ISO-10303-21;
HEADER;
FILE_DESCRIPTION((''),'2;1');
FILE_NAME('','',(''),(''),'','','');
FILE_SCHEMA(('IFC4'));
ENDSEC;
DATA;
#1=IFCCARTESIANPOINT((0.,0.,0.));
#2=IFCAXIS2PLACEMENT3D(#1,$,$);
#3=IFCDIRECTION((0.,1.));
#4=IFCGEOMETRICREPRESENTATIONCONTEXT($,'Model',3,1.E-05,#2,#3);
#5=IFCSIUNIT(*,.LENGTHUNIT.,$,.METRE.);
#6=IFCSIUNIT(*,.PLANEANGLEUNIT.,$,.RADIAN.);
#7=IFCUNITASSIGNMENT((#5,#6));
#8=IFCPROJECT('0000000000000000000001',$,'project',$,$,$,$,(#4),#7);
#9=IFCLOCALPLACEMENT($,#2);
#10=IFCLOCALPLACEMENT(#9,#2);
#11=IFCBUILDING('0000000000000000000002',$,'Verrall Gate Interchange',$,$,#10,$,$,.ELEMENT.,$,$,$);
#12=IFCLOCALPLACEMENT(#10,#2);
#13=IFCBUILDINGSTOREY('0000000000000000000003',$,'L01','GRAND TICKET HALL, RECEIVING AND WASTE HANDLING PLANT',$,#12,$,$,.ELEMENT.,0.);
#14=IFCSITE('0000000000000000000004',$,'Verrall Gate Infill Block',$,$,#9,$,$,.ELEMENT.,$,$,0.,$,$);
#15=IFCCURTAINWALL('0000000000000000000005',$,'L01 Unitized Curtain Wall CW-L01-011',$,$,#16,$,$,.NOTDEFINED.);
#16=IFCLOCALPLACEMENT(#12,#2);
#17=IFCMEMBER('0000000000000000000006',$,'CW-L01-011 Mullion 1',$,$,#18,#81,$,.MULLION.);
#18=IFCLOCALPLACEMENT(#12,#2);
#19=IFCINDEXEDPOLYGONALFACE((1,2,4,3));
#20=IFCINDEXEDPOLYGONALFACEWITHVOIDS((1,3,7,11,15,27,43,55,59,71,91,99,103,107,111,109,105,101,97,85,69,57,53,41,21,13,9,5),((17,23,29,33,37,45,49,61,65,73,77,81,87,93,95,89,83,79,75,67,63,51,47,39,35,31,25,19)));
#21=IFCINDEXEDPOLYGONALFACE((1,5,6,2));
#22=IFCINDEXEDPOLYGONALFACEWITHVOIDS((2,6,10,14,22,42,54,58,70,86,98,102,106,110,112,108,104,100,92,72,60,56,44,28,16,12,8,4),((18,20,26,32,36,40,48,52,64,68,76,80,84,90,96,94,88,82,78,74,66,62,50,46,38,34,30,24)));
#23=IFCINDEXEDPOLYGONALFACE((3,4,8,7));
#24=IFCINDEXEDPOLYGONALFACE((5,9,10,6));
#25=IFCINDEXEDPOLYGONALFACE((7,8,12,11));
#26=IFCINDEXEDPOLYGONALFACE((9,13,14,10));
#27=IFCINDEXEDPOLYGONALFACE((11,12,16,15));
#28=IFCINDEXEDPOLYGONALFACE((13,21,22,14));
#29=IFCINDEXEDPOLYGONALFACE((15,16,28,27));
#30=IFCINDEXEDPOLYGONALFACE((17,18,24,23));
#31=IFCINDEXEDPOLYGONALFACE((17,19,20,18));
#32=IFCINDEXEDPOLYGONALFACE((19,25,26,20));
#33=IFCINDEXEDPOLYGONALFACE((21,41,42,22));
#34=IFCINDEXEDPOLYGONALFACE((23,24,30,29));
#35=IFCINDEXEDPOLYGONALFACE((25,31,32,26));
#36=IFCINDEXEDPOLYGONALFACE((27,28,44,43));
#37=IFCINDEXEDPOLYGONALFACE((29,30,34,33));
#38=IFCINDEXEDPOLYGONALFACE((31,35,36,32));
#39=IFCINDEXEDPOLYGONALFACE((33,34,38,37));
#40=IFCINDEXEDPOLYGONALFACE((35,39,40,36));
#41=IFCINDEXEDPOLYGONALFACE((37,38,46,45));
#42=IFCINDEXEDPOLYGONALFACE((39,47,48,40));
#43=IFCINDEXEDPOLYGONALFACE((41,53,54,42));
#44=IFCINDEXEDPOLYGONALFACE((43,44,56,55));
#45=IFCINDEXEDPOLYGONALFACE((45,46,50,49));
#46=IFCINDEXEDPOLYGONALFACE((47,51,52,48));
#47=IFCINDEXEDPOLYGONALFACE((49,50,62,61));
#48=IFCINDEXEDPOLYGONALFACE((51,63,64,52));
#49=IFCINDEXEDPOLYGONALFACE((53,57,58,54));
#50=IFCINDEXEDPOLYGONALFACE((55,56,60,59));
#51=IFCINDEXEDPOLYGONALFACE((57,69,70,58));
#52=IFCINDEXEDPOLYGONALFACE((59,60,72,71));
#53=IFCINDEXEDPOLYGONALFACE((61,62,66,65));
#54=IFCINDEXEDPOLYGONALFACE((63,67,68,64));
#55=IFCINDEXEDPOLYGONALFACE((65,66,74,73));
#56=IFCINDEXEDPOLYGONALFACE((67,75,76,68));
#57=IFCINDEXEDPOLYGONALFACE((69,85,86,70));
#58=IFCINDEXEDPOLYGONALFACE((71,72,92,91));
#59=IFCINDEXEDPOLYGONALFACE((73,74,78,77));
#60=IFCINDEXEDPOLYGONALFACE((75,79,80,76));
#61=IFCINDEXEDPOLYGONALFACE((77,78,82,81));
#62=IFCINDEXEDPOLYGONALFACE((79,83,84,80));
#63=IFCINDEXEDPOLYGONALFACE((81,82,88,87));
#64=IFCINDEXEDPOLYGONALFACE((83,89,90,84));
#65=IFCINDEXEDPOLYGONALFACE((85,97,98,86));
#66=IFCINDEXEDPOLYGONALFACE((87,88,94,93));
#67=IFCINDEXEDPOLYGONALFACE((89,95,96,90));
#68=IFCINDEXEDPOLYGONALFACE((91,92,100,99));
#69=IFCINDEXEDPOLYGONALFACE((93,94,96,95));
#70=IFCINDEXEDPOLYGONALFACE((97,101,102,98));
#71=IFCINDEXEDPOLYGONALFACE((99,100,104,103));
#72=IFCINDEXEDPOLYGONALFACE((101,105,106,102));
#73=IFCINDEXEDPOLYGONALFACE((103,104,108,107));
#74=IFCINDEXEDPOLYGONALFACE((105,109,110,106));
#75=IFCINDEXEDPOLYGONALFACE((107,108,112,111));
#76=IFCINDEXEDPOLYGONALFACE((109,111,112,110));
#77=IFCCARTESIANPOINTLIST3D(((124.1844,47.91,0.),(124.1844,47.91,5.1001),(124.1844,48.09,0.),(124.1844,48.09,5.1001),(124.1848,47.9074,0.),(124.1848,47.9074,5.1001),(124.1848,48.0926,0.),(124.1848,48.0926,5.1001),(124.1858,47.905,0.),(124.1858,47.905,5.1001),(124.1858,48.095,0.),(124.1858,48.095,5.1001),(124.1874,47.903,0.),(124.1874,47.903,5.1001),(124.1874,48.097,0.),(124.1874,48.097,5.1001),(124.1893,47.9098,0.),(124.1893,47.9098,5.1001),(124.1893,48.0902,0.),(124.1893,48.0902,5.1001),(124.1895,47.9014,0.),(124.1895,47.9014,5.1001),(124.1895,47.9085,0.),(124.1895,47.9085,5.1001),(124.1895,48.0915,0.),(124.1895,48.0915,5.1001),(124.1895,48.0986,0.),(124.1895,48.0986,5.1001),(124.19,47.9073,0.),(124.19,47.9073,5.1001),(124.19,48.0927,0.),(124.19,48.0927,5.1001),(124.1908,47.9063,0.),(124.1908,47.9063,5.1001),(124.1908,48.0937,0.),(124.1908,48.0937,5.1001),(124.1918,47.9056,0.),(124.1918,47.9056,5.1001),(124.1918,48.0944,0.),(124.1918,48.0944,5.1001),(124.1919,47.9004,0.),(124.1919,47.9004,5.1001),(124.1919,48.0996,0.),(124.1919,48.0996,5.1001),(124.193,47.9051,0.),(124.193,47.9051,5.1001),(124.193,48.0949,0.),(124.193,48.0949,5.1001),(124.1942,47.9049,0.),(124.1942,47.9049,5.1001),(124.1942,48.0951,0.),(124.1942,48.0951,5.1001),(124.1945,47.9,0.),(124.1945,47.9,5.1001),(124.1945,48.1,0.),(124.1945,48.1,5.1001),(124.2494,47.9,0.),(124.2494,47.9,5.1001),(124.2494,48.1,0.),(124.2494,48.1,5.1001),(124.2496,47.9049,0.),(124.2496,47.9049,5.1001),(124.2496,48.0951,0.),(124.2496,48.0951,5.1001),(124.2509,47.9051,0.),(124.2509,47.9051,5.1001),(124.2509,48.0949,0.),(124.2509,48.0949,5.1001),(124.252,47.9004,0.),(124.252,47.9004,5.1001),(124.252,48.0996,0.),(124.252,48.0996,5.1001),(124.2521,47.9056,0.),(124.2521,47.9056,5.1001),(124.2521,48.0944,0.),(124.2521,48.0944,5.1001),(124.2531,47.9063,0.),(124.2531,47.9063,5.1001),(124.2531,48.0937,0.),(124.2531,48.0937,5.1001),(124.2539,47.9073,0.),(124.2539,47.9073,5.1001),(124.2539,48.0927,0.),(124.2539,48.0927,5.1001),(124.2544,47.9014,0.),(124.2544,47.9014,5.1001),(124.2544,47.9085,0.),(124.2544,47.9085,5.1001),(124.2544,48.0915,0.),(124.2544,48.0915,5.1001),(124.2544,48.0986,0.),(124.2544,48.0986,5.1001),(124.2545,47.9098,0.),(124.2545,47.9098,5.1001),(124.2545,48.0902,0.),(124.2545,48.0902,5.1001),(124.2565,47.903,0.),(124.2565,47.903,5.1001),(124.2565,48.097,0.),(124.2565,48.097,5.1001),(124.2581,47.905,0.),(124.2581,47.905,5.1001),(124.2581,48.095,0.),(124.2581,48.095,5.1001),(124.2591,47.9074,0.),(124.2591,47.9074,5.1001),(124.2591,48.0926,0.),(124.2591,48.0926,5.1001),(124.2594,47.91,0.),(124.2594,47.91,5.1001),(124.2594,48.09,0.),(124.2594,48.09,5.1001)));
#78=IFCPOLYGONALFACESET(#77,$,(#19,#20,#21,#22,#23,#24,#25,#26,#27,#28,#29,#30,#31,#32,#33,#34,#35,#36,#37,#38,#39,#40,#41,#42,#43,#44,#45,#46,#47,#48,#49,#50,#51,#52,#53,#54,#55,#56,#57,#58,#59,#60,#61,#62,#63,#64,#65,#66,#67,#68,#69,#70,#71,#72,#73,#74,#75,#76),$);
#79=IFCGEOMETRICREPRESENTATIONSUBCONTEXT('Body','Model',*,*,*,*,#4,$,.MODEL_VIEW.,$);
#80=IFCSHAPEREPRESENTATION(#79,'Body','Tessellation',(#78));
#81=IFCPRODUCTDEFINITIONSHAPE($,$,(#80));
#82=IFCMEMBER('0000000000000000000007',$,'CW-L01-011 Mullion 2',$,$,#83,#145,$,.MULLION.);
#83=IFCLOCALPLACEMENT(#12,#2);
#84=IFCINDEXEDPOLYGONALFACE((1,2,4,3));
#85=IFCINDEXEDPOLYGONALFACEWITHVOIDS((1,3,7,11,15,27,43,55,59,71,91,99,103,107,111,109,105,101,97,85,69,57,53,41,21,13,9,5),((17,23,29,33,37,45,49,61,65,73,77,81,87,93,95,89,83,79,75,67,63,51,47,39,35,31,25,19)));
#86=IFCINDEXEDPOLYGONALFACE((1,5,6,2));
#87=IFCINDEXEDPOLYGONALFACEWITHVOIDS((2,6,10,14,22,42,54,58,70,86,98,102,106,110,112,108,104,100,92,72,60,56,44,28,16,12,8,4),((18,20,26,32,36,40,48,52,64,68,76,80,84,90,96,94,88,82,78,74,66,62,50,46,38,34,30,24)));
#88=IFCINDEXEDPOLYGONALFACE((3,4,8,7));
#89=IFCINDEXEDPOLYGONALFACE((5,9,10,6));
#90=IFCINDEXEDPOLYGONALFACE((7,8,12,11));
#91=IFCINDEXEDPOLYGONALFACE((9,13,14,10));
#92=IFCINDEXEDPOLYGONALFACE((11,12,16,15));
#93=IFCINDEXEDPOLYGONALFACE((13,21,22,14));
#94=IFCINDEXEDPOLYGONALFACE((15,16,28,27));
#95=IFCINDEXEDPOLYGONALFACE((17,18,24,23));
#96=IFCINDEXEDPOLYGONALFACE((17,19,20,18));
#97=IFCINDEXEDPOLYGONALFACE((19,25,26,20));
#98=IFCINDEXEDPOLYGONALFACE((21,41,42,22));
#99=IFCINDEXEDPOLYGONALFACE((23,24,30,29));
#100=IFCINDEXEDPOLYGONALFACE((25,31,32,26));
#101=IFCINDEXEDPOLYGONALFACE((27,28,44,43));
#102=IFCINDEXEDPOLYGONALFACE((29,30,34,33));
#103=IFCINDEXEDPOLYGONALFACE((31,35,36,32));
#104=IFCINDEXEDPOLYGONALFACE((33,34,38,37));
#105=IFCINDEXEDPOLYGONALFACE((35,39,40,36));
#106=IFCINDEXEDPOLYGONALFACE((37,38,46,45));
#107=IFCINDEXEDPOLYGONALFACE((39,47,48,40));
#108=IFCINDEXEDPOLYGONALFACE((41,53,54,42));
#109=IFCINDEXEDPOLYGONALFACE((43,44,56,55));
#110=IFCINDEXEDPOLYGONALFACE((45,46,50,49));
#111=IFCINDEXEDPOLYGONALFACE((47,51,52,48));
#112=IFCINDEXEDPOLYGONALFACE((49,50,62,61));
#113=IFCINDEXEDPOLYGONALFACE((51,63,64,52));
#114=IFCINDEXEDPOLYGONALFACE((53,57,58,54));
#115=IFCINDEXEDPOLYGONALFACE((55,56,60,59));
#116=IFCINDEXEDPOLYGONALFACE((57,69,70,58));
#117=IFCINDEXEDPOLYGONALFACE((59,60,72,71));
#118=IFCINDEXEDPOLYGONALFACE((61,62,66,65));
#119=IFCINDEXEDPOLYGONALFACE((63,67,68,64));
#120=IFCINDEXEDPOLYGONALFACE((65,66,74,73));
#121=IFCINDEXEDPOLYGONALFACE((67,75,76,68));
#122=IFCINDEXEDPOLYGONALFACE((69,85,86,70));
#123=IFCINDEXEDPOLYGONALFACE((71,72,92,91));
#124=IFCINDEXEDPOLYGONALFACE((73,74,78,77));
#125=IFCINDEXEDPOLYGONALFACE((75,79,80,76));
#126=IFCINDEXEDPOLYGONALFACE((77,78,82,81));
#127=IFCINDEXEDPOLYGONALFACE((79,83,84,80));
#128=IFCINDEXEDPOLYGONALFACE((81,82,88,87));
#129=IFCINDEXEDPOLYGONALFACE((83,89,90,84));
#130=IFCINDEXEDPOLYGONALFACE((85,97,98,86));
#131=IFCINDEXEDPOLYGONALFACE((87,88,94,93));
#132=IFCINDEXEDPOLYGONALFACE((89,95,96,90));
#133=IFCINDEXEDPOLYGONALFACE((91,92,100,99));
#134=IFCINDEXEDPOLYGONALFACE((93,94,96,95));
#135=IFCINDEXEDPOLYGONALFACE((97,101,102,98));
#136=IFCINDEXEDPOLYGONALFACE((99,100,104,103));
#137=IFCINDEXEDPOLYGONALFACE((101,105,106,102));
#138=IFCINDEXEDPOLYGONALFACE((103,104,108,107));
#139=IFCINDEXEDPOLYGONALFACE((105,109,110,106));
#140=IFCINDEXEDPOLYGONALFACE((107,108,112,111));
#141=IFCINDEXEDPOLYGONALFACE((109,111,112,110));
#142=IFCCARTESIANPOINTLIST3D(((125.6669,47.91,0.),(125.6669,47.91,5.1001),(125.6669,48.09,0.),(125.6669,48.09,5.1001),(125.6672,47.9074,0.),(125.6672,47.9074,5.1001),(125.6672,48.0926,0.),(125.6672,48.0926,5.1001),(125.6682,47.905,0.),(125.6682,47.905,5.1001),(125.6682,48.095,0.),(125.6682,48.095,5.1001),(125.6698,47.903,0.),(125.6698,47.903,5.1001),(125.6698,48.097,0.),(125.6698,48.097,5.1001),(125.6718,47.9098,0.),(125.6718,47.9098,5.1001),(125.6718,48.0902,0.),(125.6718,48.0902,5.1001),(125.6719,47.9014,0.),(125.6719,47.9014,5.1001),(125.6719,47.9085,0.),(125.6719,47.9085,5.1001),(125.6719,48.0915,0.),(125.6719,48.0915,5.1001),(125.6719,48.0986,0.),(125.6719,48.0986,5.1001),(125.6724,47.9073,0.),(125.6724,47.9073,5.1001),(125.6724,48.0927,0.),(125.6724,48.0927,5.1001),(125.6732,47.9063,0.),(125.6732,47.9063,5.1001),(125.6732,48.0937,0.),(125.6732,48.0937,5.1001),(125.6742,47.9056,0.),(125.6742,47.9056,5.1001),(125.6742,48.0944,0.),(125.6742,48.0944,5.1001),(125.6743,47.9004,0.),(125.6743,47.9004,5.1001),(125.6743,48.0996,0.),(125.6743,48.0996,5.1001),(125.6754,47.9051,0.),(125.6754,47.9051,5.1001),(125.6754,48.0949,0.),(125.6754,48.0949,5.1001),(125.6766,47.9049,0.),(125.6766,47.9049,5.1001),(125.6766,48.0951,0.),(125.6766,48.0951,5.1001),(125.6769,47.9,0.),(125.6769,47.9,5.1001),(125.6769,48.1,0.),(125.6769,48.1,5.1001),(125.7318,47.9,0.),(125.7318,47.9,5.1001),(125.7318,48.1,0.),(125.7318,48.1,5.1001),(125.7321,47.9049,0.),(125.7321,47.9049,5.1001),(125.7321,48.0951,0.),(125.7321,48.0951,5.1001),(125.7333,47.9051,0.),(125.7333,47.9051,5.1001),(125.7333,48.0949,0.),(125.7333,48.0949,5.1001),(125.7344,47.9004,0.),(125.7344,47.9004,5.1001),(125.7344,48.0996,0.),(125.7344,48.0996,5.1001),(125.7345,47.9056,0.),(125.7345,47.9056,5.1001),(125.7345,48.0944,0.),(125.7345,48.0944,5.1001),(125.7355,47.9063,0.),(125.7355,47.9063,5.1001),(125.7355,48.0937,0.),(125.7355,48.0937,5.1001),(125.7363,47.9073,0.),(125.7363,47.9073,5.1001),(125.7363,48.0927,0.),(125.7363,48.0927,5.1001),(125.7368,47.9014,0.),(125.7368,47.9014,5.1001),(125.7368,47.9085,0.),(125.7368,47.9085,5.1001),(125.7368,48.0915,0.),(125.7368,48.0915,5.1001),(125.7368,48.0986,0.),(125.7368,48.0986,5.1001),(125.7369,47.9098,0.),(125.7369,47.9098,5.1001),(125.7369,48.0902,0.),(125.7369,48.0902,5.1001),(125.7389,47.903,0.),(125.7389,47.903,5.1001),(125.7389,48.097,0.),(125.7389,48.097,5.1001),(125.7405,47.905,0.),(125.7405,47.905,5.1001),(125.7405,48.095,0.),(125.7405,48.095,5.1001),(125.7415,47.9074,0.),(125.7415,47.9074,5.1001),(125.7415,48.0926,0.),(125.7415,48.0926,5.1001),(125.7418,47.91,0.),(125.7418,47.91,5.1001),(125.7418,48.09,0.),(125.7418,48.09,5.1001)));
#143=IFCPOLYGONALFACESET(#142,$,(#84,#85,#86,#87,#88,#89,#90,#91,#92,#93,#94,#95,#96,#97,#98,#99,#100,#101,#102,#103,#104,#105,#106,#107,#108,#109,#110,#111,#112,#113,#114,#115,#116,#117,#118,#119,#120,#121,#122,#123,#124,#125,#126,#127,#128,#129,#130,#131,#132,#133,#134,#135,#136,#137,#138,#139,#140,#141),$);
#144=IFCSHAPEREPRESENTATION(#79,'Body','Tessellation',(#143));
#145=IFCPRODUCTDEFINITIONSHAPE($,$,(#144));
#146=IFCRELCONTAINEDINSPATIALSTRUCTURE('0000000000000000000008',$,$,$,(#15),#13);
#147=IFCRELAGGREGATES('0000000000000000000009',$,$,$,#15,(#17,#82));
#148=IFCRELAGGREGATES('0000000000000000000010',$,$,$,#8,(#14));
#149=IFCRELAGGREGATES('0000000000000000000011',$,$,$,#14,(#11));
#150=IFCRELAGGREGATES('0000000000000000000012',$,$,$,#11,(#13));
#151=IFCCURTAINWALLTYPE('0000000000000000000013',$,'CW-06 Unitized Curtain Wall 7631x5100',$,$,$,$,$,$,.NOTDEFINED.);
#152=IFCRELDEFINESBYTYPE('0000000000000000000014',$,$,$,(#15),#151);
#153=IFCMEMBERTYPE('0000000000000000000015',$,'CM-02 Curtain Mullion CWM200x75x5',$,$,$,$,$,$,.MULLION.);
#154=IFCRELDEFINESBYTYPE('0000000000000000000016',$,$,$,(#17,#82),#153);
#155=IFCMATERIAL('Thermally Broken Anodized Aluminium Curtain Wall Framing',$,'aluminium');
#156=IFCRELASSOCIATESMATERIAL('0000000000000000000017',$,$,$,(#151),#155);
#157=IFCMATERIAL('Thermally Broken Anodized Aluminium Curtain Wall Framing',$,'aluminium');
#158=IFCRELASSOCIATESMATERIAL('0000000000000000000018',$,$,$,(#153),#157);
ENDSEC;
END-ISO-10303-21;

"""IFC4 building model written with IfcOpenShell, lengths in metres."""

from ifc_helpers import new_model, si_unit, direction, frame, origin, origin_2d, place, context, subcontext, project, spatial, hollow_rectangle, extrude, material, material_profile, profile_set, type_object, element, aggregate, save


model = new_model("IFC4")

# Units and contexts
model_context = context("Model", 3, precision=1e-05, world=origin(), true_north=direction((0.0, 1.0)))
body_context = subcontext(model_context, "Body", "Model", "MODEL_VIEW")
ifc_project = project(units=[si_unit("LENGTHUNIT", "METRE"), si_unit("PLANEANGLEUNIT", "RADIAN")], contexts=[model_context])

# Site, building, storey
site_placement = place(None, origin())
site = spatial("IfcSite", under=ifc_project, at=site_placement, Name="Verrall Gate Infill Block", CompositionType="ELEMENT", RefElevation=0.0)
building_placement = place(site_placement, origin())
building = spatial("IfcBuilding", under=site, at=building_placement, Name="Verrall Gate Interchange", CompositionType="ELEMENT")
storey_placement = place(building_placement, origin())
storey = spatial("IfcBuildingStorey", under=building, at=storey_placement, Name="L01", Description="GRAND TICKET HALL, RECEIVING AND WASTE HANDLING PLANT", CompositionType="ELEMENT", Elevation=0.0)

# Shared definitions
ifc_material_1 = material(Name="Thermally Broken Anodized Aluminium Curtain Wall Framing", Category="aluminium")
curtain_wall_type = type_object("IfcCurtainWallType", Name="CW-06 Unitized Curtain Wall 7631x5100", PredefinedType="NOTDEFINED", material=ifc_material_1)

# Curtain wall, members
curtain_wall_1_placement = place(storey_placement, origin())
curtain_wall_1 = element("IfcCurtainWall", 1, at=curtain_wall_1_placement, inside=storey, type_object=curtain_wall_type, Name="L01 Unitized Curtain Wall CW-L01-011", PredefinedType="NOTDEFINED")
ifc_material_2 = material(Name="Thermally Broken Anodized Aluminium Curtain Wall Framing", Category="aluminium")
ifc_material_profile_1 = material_profile(ifc_material_2, hollow_rectangle(XDim=0.075, YDim=0.2, WallThickness=0.0049, InnerFilletRadius=0.0049, OuterFilletRadius=0.01, at=origin_2d()), Name="CWM200x75x5")
ifc_profile_set_1 = profile_set([ifc_material_profile_1], Name="Thermally Broken Anodized Aluminium Curtain Wall Framing")
member_type_1 = type_object("IfcMemberType", Name="CM-02 Curtain Mullion CWM200x75x5", PredefinedType="MULLION", material=ifc_profile_set_1)
member_1_placement = place(storey_placement, frame((124.2219, 48.0, 0.0), z_axis=(0.0, 0.0, 1.0), x_axis=(1.0, 0.0, 0.0)))
member_1 = element("IfcMember", 2, at=member_1_placement, type_object=member_type_1, Name="CW-L01-011 Mullion 1", PredefinedType="MULLION", context=body_context, shape_type="SweptSolid", body=[
    extrude(hollow_rectangle(XDim=0.075, YDim=0.2, WallThickness=0.0049, InnerFilletRadius=0.0049, OuterFilletRadius=0.01, at=origin_2d()), origin(), (0.0, 0.0, 1.0), 5.1001),
])
member_2_placement = place(storey_placement, frame((125.7043, 48.0, 0.0), z_axis=(0.0, 0.0, 1.0), x_axis=(1.0, 0.0, 0.0)))
member_2 = element("IfcMember", 3, at=member_2_placement, type_object=member_type_1, Name="CW-L01-011 Mullion 2", PredefinedType="MULLION", context=body_context, shape_type="SweptSolid", body=[
    extrude(hollow_rectangle(XDim=0.075, YDim=0.2, WallThickness=0.0049, InnerFilletRadius=0.0049, OuterFilletRadius=0.01, at=origin_2d()), origin(), (0.0, 0.0, 1.0), 5.1001),
])

aggregate(curtain_wall_1, [member_1, member_2])

save(model, "model.ifc")
